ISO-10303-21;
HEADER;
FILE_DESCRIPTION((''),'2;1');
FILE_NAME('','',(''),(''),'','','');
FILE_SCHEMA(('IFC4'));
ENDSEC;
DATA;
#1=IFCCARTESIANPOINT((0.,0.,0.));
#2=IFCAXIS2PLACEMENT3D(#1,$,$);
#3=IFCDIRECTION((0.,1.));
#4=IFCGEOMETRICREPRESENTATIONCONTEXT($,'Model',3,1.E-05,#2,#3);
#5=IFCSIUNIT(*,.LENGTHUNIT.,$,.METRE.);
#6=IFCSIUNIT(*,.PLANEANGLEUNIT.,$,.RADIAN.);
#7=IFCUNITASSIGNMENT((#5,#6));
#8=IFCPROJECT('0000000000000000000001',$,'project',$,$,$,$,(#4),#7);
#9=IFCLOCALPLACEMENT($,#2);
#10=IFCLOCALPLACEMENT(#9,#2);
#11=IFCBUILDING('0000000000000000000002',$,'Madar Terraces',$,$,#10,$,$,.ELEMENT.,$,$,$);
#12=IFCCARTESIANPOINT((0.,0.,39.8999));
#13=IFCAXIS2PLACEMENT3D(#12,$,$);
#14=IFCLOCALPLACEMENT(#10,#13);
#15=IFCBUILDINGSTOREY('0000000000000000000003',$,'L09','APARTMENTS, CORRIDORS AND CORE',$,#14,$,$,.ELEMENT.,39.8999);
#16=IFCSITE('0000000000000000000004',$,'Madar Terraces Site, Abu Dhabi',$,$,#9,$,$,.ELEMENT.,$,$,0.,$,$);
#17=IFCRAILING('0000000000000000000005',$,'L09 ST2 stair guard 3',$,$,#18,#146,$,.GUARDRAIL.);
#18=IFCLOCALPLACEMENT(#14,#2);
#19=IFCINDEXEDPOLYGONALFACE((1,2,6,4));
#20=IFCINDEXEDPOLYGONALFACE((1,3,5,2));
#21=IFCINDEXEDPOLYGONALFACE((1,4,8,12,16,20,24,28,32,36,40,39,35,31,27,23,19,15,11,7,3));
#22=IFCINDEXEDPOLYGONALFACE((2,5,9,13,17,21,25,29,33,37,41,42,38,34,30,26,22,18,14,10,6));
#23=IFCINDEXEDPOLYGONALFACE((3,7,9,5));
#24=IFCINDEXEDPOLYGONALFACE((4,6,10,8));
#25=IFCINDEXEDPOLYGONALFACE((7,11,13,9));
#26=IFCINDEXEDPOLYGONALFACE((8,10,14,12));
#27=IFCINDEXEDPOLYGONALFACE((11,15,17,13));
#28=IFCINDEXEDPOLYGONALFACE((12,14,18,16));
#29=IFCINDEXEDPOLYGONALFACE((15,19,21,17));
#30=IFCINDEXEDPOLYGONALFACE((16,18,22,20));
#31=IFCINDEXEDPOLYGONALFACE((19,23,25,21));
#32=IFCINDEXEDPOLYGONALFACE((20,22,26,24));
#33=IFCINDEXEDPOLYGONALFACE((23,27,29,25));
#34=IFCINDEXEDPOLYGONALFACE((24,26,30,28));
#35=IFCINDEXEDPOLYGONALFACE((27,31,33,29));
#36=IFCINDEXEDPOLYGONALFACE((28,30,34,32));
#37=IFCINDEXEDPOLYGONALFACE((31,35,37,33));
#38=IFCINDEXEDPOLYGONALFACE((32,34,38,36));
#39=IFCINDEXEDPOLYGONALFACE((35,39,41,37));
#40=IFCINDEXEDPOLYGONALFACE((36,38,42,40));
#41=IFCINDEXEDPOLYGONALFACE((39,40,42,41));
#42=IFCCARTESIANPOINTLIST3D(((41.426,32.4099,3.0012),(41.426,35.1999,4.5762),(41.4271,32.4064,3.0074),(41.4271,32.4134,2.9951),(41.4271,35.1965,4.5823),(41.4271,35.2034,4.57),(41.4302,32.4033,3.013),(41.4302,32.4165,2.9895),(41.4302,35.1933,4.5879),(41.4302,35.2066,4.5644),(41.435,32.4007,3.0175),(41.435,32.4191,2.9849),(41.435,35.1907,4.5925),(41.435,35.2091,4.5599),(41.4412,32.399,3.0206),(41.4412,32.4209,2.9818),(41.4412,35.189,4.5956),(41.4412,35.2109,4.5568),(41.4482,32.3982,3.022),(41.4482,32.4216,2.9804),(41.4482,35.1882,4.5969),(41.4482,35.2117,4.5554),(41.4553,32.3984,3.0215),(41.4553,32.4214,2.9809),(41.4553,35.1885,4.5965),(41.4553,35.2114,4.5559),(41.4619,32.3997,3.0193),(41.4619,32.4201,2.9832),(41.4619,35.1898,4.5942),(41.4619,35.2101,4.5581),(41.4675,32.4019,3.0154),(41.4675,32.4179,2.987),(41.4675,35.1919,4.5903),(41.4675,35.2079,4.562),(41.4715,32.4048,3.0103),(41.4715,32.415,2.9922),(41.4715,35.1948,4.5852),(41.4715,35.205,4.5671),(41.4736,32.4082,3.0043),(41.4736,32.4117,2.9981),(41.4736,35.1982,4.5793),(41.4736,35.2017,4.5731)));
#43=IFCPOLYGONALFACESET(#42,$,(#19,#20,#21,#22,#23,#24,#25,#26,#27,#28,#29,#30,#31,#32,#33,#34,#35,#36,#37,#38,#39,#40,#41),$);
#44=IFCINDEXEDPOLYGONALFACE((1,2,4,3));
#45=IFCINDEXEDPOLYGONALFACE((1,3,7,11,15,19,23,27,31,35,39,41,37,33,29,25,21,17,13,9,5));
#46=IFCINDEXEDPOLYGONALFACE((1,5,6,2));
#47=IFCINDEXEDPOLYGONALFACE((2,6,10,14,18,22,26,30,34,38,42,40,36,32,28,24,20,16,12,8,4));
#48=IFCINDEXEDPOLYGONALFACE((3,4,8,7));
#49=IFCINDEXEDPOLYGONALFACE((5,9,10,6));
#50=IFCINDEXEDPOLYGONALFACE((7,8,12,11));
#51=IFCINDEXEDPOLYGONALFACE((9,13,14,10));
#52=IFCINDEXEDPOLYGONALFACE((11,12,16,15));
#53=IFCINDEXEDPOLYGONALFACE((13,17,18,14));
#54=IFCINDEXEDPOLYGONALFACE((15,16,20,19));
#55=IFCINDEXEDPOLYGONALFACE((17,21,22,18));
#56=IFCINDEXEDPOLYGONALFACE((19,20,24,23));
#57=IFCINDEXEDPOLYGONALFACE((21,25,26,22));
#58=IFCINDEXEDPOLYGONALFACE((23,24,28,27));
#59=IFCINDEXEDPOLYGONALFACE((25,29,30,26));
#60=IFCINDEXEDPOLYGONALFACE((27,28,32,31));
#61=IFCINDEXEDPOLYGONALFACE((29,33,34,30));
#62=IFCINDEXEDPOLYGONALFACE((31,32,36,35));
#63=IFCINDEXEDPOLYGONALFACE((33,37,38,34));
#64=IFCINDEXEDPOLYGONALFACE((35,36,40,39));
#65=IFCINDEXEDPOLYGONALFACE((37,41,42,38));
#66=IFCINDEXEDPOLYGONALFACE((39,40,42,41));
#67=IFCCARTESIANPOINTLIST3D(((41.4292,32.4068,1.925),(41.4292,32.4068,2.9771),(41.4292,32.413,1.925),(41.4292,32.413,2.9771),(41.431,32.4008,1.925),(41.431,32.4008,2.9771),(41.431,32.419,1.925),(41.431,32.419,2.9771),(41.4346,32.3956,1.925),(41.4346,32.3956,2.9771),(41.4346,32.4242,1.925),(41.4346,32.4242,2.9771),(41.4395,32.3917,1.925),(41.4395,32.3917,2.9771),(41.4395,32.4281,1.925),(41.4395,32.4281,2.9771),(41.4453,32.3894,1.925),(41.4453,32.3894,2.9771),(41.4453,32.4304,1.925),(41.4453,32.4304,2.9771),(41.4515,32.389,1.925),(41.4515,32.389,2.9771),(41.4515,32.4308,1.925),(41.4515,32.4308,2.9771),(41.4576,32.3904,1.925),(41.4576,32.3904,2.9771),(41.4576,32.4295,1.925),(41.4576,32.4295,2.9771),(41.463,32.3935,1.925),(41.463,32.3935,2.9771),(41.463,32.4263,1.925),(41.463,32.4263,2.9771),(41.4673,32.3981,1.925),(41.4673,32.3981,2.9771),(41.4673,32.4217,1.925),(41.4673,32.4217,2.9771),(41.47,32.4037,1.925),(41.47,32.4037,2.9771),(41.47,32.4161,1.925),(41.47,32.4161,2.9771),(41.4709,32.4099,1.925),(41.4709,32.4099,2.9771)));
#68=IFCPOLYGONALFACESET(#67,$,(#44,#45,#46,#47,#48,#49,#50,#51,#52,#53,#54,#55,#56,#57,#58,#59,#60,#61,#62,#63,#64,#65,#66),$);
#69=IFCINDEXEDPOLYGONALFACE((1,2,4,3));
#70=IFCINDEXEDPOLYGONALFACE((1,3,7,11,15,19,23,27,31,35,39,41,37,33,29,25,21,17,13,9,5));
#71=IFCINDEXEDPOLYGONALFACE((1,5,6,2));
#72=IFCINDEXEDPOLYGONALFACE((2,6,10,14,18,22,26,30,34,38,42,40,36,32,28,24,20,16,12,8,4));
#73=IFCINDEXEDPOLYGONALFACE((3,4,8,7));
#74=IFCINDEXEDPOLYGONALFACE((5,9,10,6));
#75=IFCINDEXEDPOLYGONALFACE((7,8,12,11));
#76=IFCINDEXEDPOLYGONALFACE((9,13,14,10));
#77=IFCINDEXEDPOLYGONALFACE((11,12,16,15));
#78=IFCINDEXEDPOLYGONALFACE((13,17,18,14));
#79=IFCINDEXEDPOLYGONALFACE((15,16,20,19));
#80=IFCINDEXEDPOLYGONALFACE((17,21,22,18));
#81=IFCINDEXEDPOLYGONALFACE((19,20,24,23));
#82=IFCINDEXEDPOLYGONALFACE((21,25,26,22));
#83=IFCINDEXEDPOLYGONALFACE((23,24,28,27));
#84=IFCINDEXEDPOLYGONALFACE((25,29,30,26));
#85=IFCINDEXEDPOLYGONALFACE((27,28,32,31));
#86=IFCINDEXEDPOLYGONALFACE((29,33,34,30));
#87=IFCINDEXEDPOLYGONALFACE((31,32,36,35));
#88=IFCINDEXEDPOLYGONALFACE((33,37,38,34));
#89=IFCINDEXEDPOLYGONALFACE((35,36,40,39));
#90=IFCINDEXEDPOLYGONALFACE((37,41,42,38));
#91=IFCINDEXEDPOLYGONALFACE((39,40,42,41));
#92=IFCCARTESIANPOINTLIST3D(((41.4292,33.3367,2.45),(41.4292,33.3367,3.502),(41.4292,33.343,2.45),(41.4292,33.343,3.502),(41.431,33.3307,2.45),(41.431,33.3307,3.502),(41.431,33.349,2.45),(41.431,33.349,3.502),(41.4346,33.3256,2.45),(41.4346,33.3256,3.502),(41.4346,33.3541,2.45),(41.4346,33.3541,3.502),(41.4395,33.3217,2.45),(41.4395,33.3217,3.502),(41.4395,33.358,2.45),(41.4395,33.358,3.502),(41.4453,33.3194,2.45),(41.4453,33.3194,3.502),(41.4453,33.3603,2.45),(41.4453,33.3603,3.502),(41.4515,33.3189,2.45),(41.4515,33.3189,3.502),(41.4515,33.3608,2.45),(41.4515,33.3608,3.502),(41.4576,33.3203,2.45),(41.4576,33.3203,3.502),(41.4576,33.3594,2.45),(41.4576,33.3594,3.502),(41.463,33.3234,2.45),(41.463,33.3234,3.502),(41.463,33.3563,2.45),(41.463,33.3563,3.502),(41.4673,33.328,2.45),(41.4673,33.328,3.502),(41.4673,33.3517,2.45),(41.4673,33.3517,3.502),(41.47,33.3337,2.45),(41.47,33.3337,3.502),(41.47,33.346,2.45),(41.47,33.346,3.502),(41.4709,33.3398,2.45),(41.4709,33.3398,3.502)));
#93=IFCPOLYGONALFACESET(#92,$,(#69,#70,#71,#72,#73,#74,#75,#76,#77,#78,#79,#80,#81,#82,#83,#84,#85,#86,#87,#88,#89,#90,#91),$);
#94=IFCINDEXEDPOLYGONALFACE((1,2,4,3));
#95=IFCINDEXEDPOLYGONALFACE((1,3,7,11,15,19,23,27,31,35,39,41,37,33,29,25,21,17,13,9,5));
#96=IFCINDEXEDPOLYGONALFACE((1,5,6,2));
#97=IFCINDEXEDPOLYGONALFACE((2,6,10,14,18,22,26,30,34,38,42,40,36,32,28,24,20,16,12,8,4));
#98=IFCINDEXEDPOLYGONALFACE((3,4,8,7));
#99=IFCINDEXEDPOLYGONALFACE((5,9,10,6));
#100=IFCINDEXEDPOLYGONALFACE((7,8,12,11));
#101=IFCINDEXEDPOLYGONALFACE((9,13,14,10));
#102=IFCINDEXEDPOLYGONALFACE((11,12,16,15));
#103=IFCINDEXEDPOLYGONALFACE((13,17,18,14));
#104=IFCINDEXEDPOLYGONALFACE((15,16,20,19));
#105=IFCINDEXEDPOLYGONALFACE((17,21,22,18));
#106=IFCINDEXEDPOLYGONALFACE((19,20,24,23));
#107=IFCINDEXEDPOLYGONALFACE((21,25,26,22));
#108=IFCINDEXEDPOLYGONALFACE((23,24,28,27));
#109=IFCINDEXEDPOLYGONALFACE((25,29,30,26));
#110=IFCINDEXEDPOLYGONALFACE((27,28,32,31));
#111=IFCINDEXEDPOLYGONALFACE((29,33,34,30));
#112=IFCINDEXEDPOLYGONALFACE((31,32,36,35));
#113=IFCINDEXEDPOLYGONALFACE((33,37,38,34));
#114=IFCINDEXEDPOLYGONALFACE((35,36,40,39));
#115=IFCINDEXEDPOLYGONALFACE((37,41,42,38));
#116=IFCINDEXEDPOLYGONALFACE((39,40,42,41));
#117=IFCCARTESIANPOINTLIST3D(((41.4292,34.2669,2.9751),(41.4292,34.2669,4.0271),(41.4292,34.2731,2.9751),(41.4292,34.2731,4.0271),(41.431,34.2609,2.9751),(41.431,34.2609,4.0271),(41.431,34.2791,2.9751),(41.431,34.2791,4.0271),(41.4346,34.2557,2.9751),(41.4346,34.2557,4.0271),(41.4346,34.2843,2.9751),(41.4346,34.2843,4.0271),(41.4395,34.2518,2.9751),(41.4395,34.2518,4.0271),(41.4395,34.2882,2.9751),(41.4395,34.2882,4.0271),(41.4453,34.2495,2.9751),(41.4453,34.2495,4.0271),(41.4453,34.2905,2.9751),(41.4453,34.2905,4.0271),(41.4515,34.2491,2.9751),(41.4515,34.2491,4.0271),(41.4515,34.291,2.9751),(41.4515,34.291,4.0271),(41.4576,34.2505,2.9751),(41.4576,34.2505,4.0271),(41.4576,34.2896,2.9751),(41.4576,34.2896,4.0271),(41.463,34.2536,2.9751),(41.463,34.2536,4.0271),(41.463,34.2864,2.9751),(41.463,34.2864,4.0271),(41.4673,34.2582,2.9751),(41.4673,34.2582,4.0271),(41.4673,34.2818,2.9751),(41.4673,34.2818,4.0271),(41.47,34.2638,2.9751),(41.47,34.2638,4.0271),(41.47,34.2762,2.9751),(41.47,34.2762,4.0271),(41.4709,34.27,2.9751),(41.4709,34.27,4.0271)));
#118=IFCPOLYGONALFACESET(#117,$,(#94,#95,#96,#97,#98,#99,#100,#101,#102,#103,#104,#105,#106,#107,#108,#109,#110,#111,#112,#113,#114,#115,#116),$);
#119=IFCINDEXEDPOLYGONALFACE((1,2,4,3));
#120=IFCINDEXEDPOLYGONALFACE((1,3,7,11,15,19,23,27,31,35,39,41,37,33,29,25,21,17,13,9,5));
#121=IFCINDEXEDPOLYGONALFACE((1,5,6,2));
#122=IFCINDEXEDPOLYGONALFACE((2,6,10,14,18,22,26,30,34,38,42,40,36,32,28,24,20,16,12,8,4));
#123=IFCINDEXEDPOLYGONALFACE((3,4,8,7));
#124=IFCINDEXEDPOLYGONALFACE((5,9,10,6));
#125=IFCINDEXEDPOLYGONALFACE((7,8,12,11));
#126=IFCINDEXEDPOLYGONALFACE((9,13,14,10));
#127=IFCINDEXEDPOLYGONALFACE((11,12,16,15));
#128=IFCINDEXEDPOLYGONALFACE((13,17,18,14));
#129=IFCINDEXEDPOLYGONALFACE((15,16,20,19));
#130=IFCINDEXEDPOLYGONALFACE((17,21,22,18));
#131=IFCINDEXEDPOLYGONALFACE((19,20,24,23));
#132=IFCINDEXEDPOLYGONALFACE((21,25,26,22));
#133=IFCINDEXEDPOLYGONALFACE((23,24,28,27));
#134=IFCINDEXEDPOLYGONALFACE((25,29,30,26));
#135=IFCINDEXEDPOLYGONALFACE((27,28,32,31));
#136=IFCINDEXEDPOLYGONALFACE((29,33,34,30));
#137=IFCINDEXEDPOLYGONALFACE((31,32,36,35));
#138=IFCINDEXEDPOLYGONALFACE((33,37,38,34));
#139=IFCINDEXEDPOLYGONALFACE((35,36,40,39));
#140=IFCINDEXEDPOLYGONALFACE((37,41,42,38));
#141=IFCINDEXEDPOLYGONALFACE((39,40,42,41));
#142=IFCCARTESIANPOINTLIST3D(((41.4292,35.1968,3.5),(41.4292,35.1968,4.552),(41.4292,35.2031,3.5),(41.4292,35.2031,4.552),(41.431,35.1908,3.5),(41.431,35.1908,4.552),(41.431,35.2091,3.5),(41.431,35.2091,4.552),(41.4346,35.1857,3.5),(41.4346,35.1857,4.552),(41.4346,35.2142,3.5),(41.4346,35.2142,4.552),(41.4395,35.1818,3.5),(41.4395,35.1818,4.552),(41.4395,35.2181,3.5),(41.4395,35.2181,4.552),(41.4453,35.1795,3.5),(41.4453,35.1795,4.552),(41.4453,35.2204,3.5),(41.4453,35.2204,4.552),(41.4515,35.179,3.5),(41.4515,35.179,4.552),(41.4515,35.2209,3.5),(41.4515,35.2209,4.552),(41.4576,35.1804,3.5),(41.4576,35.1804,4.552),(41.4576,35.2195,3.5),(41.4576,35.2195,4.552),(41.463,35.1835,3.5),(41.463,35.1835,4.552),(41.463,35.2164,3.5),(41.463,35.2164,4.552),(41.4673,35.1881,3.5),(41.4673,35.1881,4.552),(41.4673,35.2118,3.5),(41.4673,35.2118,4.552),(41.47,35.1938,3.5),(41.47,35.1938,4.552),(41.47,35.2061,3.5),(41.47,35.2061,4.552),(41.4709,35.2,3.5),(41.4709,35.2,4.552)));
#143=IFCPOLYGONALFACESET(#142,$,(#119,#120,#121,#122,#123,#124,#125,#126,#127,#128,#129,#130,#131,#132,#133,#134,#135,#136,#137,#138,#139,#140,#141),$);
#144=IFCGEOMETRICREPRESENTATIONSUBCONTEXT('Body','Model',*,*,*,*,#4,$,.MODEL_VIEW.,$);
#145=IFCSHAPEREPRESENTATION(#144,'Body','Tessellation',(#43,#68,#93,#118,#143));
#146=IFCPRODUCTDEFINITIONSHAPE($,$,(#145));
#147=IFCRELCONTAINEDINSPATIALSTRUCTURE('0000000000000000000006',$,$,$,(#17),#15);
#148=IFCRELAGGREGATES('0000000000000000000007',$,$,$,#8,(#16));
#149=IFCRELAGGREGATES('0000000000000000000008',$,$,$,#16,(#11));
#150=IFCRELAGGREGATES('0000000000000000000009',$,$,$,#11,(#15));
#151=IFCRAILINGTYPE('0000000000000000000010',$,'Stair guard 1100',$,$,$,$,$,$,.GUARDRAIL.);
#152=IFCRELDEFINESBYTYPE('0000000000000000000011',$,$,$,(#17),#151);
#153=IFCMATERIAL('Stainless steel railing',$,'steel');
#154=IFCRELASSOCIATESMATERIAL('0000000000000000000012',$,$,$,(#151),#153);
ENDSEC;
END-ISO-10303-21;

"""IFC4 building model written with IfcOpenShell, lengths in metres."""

from ifc_helpers import new_model, si_unit, direction, frame, origin, origin_2d, place, context, subcontext, project, spatial, circle, extrude, material, type_object, element, save


model = new_model("IFC4")

# Units and contexts
model_context = context("Model", 3, precision=1e-05, world=origin(), true_north=direction((0.0, 1.0)))
body_context = subcontext(model_context, "Body", "Model", "MODEL_VIEW")
ifc_project = project(units=[si_unit("LENGTHUNIT", "METRE"), si_unit("PLANEANGLEUNIT", "RADIAN")], contexts=[model_context])

# Site, building, storey
site_placement = place(None, origin())
site = spatial("IfcSite", under=ifc_project, at=site_placement, Name="Madar Terraces Site, Abu Dhabi", CompositionType="ELEMENT", RefElevation=0.0)
building_placement = place(site_placement, origin())
building = spatial("IfcBuilding", under=site, at=building_placement, Name="Madar Terraces", CompositionType="ELEMENT")
storey_placement = place(building_placement, frame((0.0, 0.0, 39.8999)))
storey = spatial("IfcBuildingStorey", under=building, at=storey_placement, Name="L09", Description="APARTMENTS, CORRIDORS AND CORE", CompositionType="ELEMENT", Elevation=39.8999)

# Railing
ifc_material_1 = material(Name="Stainless steel railing", Category="steel")
railing_type_1 = type_object("IfcRailingType", Name="Stair guard 1100", PredefinedType="GUARDRAIL", material=ifc_material_1)
railing_1_placement = place(storey_placement, frame((41.45, 32.4099, 1.925)))
element("IfcRailing", 1, at=railing_1_placement, inside=storey, type_object=railing_type_1, Name="L09 ST2 stair guard 3", PredefinedType="GUARDRAIL", context=body_context, shape_type="SweptSolid", body=[
    extrude(circle(Radius=0.0239, at=origin_2d()), frame((0.0, 0.0, 1.0762), z_axis=(0.0, 0.870834, 0.491578), x_axis=(-1.0, 0.0, 0.0)), (0.0, 0.0, 1.0), 3.2039),
    extrude(circle(Radius=0.021, at=origin_2d()), origin(), (0.0, 0.0, 1.0), 1.052),
    extrude(circle(Radius=0.021, at=origin_2d()), frame((0.0, 0.9299, 0.5249)), (0.0, 0.0, 1.0), 1.052),
    extrude(circle(Radius=0.021, at=origin_2d()), frame((0.0, 1.8601, 1.05)), (0.0, 0.0, 1.0), 1.052),
    extrude(circle(Radius=0.021, at=origin_2d()), frame((0.0, 2.79, 1.575)), (0.0, 0.0, 1.0), 1.052),
])

save(model, "model.ifc")
